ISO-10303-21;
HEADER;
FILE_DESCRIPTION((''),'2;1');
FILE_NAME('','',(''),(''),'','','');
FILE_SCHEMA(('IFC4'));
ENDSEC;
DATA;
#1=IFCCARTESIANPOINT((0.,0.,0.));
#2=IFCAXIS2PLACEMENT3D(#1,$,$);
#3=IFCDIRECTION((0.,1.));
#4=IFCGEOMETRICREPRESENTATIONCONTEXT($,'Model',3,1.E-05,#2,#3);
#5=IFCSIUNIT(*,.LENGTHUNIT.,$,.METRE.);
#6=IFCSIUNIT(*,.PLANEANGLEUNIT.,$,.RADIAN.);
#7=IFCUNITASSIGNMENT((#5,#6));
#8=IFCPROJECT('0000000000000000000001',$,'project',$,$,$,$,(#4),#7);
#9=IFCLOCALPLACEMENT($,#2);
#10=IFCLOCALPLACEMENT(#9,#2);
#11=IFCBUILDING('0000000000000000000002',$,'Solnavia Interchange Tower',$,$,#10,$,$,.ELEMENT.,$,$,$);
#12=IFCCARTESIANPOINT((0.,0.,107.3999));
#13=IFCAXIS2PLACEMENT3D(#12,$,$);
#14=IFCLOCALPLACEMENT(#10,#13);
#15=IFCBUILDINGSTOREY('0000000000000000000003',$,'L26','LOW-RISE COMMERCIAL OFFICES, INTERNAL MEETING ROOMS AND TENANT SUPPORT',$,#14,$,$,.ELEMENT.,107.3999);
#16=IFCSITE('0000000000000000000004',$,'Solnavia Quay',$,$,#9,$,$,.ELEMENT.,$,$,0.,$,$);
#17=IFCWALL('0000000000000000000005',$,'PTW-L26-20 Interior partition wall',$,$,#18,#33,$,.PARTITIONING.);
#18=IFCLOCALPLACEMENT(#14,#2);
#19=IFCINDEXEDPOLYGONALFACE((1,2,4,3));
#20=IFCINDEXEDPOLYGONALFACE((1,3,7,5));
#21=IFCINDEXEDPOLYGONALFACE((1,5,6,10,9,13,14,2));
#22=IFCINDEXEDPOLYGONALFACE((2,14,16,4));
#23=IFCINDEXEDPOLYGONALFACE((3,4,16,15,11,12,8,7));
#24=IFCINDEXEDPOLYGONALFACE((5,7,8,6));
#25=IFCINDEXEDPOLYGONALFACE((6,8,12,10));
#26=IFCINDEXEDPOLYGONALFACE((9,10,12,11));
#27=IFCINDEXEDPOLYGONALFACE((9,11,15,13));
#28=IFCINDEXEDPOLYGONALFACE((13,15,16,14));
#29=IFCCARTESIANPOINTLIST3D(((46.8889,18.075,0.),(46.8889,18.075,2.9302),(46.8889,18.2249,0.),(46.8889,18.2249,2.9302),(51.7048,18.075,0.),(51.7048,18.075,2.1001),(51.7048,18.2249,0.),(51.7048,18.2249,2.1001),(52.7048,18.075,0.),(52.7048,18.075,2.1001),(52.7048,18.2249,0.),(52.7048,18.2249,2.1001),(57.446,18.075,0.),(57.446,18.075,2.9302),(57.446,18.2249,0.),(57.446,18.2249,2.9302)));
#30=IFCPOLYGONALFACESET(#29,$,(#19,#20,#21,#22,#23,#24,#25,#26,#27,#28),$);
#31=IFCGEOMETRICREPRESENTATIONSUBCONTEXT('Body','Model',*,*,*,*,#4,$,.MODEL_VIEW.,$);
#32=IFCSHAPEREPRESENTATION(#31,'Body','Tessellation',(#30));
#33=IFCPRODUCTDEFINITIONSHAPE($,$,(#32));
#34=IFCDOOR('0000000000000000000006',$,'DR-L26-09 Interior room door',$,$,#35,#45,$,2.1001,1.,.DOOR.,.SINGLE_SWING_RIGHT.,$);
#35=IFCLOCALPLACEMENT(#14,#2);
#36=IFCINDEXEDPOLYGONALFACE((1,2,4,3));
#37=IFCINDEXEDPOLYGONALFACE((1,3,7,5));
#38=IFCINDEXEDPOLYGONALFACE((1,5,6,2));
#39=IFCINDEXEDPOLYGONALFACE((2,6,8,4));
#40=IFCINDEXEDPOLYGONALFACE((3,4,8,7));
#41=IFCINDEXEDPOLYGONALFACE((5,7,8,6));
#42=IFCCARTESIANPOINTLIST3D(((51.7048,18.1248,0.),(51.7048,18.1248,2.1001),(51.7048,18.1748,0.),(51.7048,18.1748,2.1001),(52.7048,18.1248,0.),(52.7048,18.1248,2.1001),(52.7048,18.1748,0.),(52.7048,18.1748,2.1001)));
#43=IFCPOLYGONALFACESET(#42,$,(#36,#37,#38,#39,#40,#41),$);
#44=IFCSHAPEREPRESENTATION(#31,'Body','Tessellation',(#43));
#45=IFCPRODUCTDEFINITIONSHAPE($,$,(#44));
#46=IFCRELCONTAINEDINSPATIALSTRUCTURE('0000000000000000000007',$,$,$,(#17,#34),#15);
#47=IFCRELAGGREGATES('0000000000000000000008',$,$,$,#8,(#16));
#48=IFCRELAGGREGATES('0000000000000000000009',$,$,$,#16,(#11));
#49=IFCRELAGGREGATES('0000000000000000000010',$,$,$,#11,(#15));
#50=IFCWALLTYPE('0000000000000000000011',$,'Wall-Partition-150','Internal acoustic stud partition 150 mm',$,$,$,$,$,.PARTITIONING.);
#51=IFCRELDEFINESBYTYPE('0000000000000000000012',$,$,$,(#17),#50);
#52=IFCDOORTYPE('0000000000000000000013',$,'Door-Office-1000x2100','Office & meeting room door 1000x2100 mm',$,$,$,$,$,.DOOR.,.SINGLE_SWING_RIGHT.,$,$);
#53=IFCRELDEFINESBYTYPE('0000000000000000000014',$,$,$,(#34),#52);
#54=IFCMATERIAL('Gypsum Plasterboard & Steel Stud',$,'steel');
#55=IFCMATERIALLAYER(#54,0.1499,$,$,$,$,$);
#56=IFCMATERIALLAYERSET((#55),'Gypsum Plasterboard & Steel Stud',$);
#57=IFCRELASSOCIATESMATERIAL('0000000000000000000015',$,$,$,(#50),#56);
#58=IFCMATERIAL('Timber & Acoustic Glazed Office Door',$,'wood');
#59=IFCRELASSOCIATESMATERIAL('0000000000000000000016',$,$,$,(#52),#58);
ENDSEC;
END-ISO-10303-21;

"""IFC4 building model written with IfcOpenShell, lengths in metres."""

from ifc_helpers import new_model, si_unit, direction, frame, frame_2d, origin, place, context, subcontext, project, spatial, rectangle, extrude, material, layer, layer_set, type_object, element, fill, save


model = new_model("IFC4")

# Units and contexts
model_context = context("Model", 3, precision=1e-05, world=origin(), true_north=direction((0.0, 1.0)))
body_context = subcontext(model_context, "Body", "Model", "MODEL_VIEW")
ifc_project = project(units=[si_unit("LENGTHUNIT", "METRE"), si_unit("PLANEANGLEUNIT", "RADIAN")], contexts=[model_context])

# Site, building, storey
site_placement = place(None, origin())
site = spatial("IfcSite", under=ifc_project, at=site_placement, Name="Solnavia Quay", CompositionType="ELEMENT", RefElevation=0.0)
building_placement = place(site_placement, origin())
building = spatial("IfcBuilding", under=site, at=building_placement, Name="Solnavia Interchange Tower", CompositionType="ELEMENT")
storey_placement = place(building_placement, frame((0.0, 0.0, 107.3999)))
storey = spatial("IfcBuildingStorey", under=building, at=storey_placement, Name="L26", Description="LOW-RISE COMMERCIAL OFFICES, INTERNAL MEETING ROOMS AND TENANT SUPPORT", CompositionType="ELEMENT", Elevation=107.3999)

# Shared definitions
ifc_material_1 = material(Name="Gypsum Plasterboard & Steel Stud", Category="steel")
ifc_layer_1 = layer(ifc_material_1, 0.1499)
ifc_layer_set_1 = layer_set([ifc_layer_1], Name="Gypsum Plasterboard & Steel Stud")
wall_type_1 = type_object("IfcWallType", Name="Wall-Partition-150", Description="Internal acoustic stud partition 150 mm", PredefinedType="PARTITIONING", material=ifc_layer_set_1)
ifc_material_2 = material(Name="Timber & Acoustic Glazed Office Door", Category="wood")
door_type = type_object("IfcDoorType", Name="Door-Office-1000x2100", Description="Office & meeting room door 1000x2100 mm", OperationType="SINGLE_SWING_RIGHT", PredefinedType="DOOR", material=ifc_material_2)

# Wall, opening, door
wall_1_placement = place(storey_placement, frame((46.8889, 18.1499, 0.0), z_axis=(0.0, 0.0, 1.0), x_axis=(1.0, 0.0, 0.0)))
wall_1 = element("IfcWall", 1, at=wall_1_placement, inside=storey, type_object=wall_type_1, Name="PTW-L26-20 Interior partition wall", PredefinedType="PARTITIONING", context=body_context, shape_type="SweptSolid", body=[
    extrude(rectangle(XDim=10.5571, YDim=0.1499, at=frame_2d((5.2786, 0.0))), origin(), (0.0, 0.0, 1.0), 2.9302),
])
opening_1_placement = place(wall_1_placement, frame((4.8159, 0.0, 0.0)))
opening_1 = element("IfcOpeningElement", 2, at=opening_1_placement, cuts=wall_1, PredefinedType="OPENING", context=body_context, shape_type="SweptSolid", body=[
    extrude(rectangle(XDim=1.0, YDim=2.1001, at=frame_2d((0.5, 1.05))), frame((0.0, 0.085, 0.0), z_axis=(0.0, -1.0, 0.0), x_axis=(1.0, 0.0, 0.0)), (0.0, 0.0, 1.0), 0.1699),
])
door_1_placement = place(opening_1_placement, origin())
door_1 = element("IfcDoor", 3, at=door_1_placement, inside=storey, type_object=door_type, Name="DR-L26-09 Interior room door", OperationType="SINGLE_SWING_RIGHT", OverallHeight=2.1001, OverallWidth=1.0, PredefinedType="DOOR", context=body_context, shape_type="SweptSolid", body=[
    extrude(rectangle(XDim=1.0, YDim=2.1001, at=frame_2d((0.5, 1.05))), frame((0.0, 0.0249, 0.0), z_axis=(0.0, -1.0, 0.0), x_axis=(1.0, 0.0, 0.0)), (0.0, 0.0, 1.0), 0.05),
])
fill(opening_1, door_1)

save(model, "model.ifc")
